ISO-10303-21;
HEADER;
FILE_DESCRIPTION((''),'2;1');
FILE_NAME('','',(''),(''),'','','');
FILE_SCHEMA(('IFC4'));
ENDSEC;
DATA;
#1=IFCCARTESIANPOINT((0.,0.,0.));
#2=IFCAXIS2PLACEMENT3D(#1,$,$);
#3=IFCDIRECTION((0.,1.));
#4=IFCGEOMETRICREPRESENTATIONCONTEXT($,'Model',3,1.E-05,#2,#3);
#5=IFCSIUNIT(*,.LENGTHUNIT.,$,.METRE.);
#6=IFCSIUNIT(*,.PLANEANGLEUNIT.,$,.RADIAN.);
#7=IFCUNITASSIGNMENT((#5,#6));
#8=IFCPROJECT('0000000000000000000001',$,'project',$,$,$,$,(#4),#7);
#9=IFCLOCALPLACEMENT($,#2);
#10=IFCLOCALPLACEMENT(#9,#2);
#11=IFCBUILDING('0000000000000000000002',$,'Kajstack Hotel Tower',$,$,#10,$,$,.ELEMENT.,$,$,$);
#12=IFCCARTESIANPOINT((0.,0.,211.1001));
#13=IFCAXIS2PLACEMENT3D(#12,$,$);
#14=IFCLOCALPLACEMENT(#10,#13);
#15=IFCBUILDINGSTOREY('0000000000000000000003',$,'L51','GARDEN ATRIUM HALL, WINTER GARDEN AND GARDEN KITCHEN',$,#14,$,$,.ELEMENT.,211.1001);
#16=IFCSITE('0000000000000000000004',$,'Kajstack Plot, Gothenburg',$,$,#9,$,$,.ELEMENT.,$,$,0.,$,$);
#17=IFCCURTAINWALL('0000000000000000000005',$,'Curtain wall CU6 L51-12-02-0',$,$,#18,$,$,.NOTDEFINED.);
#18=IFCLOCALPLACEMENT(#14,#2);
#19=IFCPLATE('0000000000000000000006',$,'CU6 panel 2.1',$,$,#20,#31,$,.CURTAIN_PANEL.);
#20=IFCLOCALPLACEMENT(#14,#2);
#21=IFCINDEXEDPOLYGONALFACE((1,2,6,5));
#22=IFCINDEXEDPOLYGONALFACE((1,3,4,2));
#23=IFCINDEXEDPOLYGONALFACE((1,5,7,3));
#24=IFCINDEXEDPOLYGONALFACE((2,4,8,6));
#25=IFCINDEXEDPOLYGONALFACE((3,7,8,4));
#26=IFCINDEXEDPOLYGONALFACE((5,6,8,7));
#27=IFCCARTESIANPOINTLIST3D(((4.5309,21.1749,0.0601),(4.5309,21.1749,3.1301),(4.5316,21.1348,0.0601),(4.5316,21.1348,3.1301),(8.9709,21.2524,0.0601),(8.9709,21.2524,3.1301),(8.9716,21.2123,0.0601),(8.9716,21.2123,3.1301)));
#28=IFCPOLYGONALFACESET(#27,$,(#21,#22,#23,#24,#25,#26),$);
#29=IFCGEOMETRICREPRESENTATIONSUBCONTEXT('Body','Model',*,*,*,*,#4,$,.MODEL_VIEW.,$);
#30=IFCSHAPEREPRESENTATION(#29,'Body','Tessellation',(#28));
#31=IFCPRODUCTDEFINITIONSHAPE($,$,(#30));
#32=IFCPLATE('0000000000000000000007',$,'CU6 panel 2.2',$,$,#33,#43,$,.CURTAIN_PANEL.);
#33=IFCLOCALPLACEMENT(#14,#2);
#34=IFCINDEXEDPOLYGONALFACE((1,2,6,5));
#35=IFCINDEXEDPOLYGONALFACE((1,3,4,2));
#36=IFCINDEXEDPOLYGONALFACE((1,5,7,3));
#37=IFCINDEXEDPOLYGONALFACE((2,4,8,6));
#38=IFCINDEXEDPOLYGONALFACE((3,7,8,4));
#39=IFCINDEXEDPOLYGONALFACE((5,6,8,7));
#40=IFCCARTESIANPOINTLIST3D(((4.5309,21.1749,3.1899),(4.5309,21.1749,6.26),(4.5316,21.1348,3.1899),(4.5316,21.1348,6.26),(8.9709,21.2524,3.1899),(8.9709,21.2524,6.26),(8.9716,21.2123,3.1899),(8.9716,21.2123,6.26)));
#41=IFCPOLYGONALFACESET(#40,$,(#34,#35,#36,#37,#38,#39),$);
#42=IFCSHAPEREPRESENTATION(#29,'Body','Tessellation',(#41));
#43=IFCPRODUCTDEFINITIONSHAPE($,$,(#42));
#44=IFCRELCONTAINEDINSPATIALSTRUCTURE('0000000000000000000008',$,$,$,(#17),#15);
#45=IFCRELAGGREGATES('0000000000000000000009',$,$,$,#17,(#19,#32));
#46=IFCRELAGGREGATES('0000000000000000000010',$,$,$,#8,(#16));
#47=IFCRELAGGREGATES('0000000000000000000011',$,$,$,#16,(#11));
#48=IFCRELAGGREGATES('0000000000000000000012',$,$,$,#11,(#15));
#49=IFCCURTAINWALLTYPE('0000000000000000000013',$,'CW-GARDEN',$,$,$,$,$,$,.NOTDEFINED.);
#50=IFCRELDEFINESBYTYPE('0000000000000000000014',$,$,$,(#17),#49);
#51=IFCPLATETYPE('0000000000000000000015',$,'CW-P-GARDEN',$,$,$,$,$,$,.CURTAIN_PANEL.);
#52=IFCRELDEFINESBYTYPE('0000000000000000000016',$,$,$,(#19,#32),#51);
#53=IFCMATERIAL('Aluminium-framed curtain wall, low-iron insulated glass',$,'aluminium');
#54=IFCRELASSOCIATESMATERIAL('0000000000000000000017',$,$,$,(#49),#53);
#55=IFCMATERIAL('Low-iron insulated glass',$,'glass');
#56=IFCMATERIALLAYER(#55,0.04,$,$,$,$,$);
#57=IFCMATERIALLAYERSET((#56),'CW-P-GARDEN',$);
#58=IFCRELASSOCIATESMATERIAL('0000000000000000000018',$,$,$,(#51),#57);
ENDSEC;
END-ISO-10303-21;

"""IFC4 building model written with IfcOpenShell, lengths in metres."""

from ifc_helpers import new_model, si_unit, direction, frame, origin, origin_2d, place, context, subcontext, project, spatial, rectangle, extrude, material, layer, layer_set, type_object, element, aggregate, save


model = new_model("IFC4")

# Units and contexts
model_context = context("Model", 3, precision=1e-05, world=origin(), true_north=direction((0.0, 1.0)))
body_context = subcontext(model_context, "Body", "Model", "MODEL_VIEW")
ifc_project = project(units=[si_unit("LENGTHUNIT", "METRE"), si_unit("PLANEANGLEUNIT", "RADIAN")], contexts=[model_context])

# Site, building, storey
site_placement = place(None, origin())
site = spatial("IfcSite", under=ifc_project, at=site_placement, Name="Kajstack Plot, Gothenburg", CompositionType="ELEMENT", RefElevation=0.0)
building_placement = place(site_placement, origin())
building = spatial("IfcBuilding", under=site, at=building_placement, Name="Kajstack Hotel Tower", CompositionType="ELEMENT")
storey_placement = place(building_placement, frame((0.0, 0.0, 211.1001)))
storey = spatial("IfcBuildingStorey", under=building, at=storey_placement, Name="L51", Description="GARDEN ATRIUM HALL, WINTER GARDEN AND GARDEN KITCHEN", CompositionType="ELEMENT", Elevation=211.1001)

# Curtain wall, plates
ifc_material_1 = material(Name="Aluminium-framed curtain wall, low-iron insulated glass", Category="aluminium")
curtain_wall_type = type_object("IfcCurtainWallType", Name="CW-GARDEN", PredefinedType="NOTDEFINED", material=ifc_material_1)
curtain_wall_placement = place(storey_placement, origin())
curtain_wall = element("IfcCurtainWall", 1, at=curtain_wall_placement, inside=storey, type_object=curtain_wall_type, Name="Curtain wall CU6 L51-12-02-0", PredefinedType="NOTDEFINED")
ifc_material_2 = material(Name="Low-iron insulated glass", Category="glass")
ifc_layer = layer(ifc_material_2, 0.04)
ifc_layer_set = layer_set([ifc_layer], Name="CW-P-GARDEN")
plate_type = type_object("IfcPlateType", Name="CW-P-GARDEN", PredefinedType="CURTAIN_PANEL", material=ifc_layer_set)
plate_1_placement = place(storey_placement, frame((6.7512, 21.1936, 0.0601), z_axis=(0.0, 0.0, 1.0), x_axis=(-0.999848, -0.017453, 0.0)))
plate_1 = element("IfcPlate", 2, at=plate_1_placement, type_object=plate_type, Name="CU6 panel 2.1", PredefinedType="CURTAIN_PANEL", context=body_context, shape_type="SweptSolid", body=[
    extrude(rectangle(XDim=4.4407, YDim=0.04, at=origin_2d()), origin(), (0.0, 0.0, 1.0), 3.0701),
])
plate_2_placement = place(storey_placement, frame((6.7512, 21.1936, 3.1899), z_axis=(0.0, 0.0, 1.0), x_axis=(-0.999848, -0.017453, 0.0)))
plate_2 = element("IfcPlate", 3, at=plate_2_placement, type_object=plate_type, Name="CU6 panel 2.2", PredefinedType="CURTAIN_PANEL", context=body_context, shape_type="SweptSolid", body=[
    extrude(rectangle(XDim=4.4407, YDim=0.04, at=origin_2d()), origin(), (0.0, 0.0, 1.0), 3.0701),
])
aggregate(curtain_wall, [plate_1, plate_2])

save(model, "model.ifc")
